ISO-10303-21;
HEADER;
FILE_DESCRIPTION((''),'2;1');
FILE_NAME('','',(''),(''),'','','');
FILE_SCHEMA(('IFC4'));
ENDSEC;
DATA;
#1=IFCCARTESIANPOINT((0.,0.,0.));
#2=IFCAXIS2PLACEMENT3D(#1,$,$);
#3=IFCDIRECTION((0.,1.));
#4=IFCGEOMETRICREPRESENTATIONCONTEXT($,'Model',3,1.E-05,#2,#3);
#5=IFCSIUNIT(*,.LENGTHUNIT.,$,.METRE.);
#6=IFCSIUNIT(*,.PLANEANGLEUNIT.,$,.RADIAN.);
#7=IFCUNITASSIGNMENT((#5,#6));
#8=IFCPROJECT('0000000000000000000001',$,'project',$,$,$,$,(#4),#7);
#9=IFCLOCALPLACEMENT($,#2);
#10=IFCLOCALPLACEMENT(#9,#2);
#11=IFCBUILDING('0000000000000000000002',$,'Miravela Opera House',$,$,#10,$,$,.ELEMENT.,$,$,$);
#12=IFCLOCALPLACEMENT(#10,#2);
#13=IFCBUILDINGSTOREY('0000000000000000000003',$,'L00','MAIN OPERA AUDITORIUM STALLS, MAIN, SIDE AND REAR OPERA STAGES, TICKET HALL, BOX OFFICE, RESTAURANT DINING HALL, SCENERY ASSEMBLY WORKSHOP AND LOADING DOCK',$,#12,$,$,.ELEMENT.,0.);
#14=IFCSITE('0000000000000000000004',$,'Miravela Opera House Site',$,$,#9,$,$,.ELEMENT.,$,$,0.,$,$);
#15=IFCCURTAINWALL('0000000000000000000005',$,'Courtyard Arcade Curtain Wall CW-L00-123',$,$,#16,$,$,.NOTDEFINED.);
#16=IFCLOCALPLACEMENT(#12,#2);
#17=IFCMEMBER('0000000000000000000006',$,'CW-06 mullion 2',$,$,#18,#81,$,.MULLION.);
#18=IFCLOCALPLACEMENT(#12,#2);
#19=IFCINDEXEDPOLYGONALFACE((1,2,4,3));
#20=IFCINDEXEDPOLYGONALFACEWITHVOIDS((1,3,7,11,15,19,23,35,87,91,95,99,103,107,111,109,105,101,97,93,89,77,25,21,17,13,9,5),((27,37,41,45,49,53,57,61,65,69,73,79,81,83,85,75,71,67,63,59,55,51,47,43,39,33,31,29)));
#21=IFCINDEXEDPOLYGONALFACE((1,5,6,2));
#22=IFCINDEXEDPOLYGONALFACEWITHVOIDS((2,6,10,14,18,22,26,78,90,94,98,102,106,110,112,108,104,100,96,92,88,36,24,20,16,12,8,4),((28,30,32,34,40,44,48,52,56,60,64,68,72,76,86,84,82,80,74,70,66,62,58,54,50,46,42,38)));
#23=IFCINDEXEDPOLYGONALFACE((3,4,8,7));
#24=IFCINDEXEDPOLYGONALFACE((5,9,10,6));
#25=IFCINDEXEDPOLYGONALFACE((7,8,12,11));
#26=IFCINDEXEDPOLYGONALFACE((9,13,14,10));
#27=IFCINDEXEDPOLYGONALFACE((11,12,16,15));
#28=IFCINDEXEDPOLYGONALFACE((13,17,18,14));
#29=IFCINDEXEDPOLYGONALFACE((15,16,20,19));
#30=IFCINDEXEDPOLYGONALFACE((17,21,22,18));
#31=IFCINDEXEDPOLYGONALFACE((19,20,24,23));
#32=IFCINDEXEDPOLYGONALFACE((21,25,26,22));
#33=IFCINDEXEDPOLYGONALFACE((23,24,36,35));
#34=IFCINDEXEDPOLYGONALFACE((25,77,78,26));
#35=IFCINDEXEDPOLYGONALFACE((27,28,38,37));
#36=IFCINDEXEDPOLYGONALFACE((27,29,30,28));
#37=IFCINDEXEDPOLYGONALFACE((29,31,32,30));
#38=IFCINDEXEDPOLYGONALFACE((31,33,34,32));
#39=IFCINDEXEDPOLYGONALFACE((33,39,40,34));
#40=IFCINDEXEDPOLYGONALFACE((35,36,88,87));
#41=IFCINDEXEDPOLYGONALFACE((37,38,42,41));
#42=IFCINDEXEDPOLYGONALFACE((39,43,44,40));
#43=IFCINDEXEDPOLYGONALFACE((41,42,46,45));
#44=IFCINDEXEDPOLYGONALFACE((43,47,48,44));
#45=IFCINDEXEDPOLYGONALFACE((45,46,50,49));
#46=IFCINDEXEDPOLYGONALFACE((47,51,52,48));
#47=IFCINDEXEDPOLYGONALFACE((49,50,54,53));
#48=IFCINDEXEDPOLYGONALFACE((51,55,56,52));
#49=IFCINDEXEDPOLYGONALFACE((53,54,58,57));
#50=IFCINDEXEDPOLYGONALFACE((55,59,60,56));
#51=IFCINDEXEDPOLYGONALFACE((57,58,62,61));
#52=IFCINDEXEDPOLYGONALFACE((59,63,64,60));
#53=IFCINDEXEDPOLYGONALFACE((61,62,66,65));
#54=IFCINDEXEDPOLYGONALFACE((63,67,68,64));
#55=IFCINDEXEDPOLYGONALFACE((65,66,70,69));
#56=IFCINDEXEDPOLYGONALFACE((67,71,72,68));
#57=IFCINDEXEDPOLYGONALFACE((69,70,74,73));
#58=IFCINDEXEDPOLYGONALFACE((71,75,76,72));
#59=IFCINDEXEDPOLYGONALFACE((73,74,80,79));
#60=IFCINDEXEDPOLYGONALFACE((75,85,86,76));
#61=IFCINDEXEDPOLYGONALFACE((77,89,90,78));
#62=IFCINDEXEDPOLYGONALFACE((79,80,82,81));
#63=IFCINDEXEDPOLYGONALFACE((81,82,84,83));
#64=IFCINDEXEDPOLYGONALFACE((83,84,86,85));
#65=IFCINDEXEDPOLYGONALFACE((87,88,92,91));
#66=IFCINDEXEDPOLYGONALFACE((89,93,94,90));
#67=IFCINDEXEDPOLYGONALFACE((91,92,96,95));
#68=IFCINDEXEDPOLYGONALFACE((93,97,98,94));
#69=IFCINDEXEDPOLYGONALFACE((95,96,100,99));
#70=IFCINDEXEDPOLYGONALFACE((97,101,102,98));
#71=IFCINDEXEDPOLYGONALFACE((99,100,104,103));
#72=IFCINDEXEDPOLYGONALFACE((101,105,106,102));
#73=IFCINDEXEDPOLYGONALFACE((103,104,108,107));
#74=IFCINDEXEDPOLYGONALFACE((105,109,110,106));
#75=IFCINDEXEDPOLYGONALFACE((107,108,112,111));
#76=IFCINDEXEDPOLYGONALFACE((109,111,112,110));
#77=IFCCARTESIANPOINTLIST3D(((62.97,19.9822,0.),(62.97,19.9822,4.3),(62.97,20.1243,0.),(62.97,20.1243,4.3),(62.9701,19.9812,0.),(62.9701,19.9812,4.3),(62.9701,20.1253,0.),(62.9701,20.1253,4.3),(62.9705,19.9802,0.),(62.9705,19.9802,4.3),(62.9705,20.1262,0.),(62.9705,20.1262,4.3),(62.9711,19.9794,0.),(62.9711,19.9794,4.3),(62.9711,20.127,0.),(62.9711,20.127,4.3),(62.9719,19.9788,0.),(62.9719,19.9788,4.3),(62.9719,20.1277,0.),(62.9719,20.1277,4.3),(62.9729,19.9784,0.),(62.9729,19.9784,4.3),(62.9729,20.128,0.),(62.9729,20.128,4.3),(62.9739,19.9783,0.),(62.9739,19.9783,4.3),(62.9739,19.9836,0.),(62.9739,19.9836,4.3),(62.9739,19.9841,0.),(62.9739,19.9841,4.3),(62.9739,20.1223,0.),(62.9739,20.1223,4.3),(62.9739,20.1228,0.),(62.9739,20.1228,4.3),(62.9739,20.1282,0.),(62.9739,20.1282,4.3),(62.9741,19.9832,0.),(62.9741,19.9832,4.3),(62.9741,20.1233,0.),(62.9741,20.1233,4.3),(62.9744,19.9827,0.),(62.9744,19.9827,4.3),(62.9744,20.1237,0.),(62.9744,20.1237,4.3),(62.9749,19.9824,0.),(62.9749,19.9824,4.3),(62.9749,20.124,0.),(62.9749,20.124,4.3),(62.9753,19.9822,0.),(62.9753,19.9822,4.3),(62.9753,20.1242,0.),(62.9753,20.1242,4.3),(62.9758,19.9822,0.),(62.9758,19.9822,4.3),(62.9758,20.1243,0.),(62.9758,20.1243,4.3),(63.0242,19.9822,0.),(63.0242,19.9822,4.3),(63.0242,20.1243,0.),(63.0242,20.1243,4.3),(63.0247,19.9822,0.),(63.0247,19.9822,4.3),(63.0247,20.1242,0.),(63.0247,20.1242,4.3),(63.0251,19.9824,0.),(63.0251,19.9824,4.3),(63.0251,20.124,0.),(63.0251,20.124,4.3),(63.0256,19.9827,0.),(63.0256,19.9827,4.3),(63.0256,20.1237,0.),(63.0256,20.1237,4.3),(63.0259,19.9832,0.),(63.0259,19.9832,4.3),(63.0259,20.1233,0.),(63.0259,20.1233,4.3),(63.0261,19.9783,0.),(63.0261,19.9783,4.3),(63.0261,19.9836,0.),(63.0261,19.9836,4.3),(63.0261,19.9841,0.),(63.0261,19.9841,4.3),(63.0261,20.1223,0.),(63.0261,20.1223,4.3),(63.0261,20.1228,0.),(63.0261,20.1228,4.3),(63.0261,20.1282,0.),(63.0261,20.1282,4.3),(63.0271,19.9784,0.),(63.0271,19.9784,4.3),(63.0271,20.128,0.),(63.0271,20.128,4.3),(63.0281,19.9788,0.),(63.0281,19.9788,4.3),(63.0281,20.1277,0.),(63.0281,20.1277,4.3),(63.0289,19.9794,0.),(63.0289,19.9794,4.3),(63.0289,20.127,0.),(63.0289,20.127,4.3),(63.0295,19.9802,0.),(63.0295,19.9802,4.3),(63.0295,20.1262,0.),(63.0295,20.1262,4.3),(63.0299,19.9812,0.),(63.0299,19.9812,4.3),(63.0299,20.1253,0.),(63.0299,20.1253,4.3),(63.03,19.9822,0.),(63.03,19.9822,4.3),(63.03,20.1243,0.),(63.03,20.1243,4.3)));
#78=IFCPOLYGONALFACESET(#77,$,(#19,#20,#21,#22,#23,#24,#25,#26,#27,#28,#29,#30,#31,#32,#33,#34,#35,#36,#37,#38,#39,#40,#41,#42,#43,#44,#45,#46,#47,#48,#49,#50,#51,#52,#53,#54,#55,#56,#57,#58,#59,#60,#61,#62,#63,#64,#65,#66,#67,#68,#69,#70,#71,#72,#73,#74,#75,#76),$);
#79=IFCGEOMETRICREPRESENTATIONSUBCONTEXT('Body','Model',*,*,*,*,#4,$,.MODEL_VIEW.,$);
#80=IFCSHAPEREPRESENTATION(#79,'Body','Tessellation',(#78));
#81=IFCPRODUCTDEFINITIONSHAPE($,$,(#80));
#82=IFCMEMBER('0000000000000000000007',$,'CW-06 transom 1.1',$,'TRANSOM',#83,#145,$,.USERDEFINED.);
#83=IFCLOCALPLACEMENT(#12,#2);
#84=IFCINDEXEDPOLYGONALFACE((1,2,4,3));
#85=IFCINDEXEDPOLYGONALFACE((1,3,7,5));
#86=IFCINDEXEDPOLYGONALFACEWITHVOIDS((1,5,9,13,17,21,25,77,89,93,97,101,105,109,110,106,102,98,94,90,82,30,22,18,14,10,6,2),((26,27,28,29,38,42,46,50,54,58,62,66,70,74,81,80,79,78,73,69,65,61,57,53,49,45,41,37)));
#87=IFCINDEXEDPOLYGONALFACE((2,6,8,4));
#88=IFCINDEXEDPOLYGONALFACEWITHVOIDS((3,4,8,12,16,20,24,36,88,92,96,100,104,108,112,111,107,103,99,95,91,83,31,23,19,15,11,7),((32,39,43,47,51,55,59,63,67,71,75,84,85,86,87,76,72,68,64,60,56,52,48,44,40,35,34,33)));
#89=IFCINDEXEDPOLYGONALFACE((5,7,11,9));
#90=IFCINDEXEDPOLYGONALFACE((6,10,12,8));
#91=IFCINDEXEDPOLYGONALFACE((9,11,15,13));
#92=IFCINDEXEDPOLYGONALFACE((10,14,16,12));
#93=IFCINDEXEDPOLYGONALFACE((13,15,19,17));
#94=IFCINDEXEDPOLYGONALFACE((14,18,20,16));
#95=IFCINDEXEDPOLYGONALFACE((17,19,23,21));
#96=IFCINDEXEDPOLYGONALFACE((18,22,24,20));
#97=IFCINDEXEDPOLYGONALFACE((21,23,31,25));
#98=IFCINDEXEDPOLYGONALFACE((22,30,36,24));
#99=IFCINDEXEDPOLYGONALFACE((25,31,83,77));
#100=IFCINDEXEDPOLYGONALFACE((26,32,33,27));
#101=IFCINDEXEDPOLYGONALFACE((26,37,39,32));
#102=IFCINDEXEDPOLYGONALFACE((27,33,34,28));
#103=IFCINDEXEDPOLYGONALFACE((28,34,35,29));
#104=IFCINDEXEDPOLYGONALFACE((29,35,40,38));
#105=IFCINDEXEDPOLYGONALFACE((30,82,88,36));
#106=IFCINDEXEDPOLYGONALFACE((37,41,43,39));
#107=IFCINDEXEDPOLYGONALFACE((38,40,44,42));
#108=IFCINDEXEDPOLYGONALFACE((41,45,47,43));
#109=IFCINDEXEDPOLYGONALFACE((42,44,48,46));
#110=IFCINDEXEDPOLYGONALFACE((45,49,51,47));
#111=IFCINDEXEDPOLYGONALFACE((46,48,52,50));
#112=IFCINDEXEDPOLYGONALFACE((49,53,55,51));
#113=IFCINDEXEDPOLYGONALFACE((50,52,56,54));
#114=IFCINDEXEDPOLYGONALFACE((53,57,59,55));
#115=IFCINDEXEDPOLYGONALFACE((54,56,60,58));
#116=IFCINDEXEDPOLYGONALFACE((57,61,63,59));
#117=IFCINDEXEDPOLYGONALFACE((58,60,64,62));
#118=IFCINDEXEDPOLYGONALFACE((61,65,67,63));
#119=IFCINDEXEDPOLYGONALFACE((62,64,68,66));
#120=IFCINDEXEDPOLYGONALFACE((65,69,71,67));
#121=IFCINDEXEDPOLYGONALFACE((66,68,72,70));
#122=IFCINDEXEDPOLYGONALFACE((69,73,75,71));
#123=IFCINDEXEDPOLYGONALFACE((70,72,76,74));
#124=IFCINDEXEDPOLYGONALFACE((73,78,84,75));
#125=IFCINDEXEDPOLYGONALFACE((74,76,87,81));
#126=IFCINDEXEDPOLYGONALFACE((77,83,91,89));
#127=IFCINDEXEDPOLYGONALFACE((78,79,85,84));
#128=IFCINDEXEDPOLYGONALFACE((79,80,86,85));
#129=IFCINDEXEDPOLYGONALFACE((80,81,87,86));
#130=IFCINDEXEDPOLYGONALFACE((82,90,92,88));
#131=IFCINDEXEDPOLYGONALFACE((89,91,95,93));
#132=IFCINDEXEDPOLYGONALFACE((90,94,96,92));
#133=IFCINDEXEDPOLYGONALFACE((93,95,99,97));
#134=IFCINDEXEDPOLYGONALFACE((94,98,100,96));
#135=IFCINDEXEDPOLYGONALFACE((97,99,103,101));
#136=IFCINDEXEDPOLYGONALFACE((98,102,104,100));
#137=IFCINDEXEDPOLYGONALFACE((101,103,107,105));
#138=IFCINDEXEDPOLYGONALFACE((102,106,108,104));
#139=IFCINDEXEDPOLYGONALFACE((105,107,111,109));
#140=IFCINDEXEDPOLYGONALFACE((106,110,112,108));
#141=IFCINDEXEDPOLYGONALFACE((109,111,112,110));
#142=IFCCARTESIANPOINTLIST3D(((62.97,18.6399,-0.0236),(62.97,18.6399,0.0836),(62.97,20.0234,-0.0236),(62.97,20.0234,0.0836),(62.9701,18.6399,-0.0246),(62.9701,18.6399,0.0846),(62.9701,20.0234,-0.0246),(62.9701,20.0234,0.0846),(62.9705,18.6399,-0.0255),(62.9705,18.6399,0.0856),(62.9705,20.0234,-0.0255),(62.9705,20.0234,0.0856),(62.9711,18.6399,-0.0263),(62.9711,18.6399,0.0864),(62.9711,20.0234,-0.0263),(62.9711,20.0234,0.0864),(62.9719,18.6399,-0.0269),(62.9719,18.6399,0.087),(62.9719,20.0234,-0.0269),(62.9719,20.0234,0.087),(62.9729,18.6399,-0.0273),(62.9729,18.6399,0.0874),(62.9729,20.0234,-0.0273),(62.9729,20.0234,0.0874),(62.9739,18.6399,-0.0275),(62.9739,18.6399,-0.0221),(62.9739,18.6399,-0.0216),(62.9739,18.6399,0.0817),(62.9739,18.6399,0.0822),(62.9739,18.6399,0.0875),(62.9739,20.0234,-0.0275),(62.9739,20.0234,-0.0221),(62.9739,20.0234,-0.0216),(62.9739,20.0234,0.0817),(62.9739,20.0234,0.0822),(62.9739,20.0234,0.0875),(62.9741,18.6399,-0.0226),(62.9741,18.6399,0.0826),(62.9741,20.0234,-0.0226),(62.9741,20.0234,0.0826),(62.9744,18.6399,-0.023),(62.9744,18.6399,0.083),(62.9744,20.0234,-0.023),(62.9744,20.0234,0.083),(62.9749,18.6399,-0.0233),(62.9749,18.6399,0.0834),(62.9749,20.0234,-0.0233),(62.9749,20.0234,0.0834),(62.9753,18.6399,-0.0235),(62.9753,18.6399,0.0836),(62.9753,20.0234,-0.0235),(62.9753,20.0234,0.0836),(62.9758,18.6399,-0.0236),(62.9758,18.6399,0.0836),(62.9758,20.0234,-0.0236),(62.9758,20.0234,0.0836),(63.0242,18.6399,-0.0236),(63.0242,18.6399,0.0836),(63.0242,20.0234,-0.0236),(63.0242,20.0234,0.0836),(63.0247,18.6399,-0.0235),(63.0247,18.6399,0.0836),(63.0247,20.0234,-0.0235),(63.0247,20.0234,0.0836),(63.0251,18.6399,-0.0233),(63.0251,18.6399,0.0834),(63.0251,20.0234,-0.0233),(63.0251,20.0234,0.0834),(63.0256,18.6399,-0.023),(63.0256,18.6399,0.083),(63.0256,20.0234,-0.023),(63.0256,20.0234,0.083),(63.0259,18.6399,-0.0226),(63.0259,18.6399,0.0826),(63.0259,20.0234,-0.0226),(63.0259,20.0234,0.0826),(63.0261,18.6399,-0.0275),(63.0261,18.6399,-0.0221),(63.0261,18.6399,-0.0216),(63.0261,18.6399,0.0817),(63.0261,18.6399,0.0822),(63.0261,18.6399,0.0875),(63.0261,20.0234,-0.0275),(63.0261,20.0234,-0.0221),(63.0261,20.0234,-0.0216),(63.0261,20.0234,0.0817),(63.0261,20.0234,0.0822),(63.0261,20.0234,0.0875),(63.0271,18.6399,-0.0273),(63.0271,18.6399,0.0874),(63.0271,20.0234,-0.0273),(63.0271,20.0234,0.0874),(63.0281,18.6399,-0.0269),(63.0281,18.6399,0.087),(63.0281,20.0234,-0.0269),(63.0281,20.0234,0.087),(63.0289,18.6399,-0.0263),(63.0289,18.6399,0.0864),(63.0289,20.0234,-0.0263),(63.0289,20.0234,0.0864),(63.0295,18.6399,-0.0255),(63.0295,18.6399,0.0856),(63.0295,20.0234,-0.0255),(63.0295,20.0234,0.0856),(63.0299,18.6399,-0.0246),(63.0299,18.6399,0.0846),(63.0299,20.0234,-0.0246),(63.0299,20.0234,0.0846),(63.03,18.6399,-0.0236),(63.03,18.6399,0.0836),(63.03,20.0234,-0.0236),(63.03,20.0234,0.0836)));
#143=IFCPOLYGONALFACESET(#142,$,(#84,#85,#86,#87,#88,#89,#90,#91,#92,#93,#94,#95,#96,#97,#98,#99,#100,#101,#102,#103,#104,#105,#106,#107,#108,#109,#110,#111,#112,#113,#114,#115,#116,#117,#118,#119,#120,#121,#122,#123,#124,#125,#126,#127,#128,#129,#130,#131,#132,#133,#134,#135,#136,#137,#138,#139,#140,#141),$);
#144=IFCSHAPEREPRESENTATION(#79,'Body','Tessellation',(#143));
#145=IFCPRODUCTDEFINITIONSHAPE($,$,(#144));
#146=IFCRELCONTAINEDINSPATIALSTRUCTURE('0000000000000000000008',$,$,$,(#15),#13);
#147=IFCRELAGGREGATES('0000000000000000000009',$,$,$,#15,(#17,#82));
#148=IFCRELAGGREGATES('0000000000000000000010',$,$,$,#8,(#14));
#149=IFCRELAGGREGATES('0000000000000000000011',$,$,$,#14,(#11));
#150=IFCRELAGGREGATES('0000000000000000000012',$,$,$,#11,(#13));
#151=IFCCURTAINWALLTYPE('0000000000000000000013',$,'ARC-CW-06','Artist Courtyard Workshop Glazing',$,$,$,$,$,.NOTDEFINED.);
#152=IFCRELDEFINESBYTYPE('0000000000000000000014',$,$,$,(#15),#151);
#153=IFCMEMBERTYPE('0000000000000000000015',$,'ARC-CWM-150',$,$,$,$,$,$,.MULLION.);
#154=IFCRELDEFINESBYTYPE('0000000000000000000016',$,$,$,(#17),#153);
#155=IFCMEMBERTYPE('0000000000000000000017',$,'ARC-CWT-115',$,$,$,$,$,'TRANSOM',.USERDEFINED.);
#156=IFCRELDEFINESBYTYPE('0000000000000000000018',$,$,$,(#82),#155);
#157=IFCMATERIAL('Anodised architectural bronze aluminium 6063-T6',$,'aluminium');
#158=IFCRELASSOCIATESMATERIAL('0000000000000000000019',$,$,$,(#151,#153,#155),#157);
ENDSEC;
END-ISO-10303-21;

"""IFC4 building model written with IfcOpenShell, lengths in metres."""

from ifc_helpers import new_model, si_unit, direction, frame, origin, origin_2d, place, context, subcontext, project, spatial, hollow_rectangle, extrude, material, material_profile, profile_set, type_object, element, aggregate, save


model = new_model("IFC4")

# Units and contexts
model_context = context("Model", 3, precision=1e-05, world=origin(), true_north=direction((0.0, 1.0)))
body_context = subcontext(model_context, "Body", "Model", "MODEL_VIEW")
ifc_project = project(units=[si_unit("LENGTHUNIT", "METRE"), si_unit("PLANEANGLEUNIT", "RADIAN")], contexts=[model_context])

# Site, building, storey
site_placement = place(None, origin())
site = spatial("IfcSite", under=ifc_project, at=site_placement, Name="Miravela Opera House Site", CompositionType="ELEMENT", RefElevation=0.0)
building_placement = place(site_placement, origin())
building = spatial("IfcBuilding", under=site, at=building_placement, Name="Miravela Opera House", CompositionType="ELEMENT")
storey_placement = place(building_placement, origin())
storey = spatial("IfcBuildingStorey", under=building, at=storey_placement, Name="L00", Description="MAIN OPERA AUDITORIUM STALLS, MAIN, SIDE AND REAR OPERA STAGES, TICKET HALL, BOX OFFICE, RESTAURANT DINING HALL, SCENERY ASSEMBLY WORKSHOP AND LOADING DOCK", CompositionType="ELEMENT", Elevation=0.0)

# Shared definitions
ifc_material_1 = material(Name="Anodised architectural bronze aluminium 6063-T6", Category="aluminium")
curtain_wall_type = type_object("IfcCurtainWallType", Name="ARC-CW-06", Description="Artist Courtyard Workshop Glazing", PredefinedType="NOTDEFINED", material=ifc_material_1)
ifc_material_profile_1 = material_profile(ifc_material_1, hollow_rectangle(XDim=0.0601, YDim=0.1499, WallThickness=0.0039, InnerFilletRadius=0.002, OuterFilletRadius=0.0039, at=origin_2d()), Name="CWM-60X150")
ifc_profile_set_1 = profile_set([ifc_material_profile_1])
member_type_1 = type_object("IfcMemberType", Name="ARC-CWM-150", PredefinedType="MULLION", material=ifc_profile_set_1)

# Curtain wall, members
curtain_wall_1_placement = place(storey_placement, origin())
curtain_wall_1 = element("IfcCurtainWall", 1, at=curtain_wall_1_placement, inside=storey, type_object=curtain_wall_type, Name="Courtyard Arcade Curtain Wall CW-L00-123", PredefinedType="NOTDEFINED")
member_1_placement = place(storey_placement, frame((63.0, 20.0532, 0.0), z_axis=(0.0, 0.0, 1.0), x_axis=(-1.0, 0.0, 0.0)))
member_1 = element("IfcMember", 2, at=member_1_placement, type_object=member_type_1, Name="CW-06 mullion 2", PredefinedType="MULLION", context=body_context, shape_type="SweptSolid", body=[
    extrude(hollow_rectangle(XDim=0.0601, YDim=0.1499, WallThickness=0.0039, InnerFilletRadius=0.002, OuterFilletRadius=0.0039, at=origin_2d()), origin(), (0.0, 0.0, 1.0), 4.3),
])
ifc_material_profile_2 = material_profile(ifc_material_1, hollow_rectangle(XDim=0.0601, YDim=0.115, WallThickness=0.0039, InnerFilletRadius=0.002, OuterFilletRadius=0.0039, at=origin_2d()), Name="CWT-60X115")
ifc_profile_set_2 = profile_set([ifc_material_profile_2])
member_type_2 = type_object("IfcMemberType", Name="ARC-CWT-115", ElementType="TRANSOM", PredefinedType="USERDEFINED", material=ifc_profile_set_2)
member_2_placement = place(storey_placement, frame((63.0, 18.6399, 0.03), z_axis=(0.0, 1.0, 0.0), x_axis=(-1.0, 0.0, 0.0)))
member_2 = element("IfcMember", 3, at=member_2_placement, type_object=member_type_2, Name="CW-06 transom 1.1", ObjectType="TRANSOM", PredefinedType="USERDEFINED", context=body_context, shape_type="SweptSolid", body=[
    extrude(hollow_rectangle(XDim=0.0601, YDim=0.115, WallThickness=0.0039, InnerFilletRadius=0.002, OuterFilletRadius=0.0039, at=origin_2d()), origin(), (0.0, 0.0, 1.0), 1.3835),
])

aggregate(curtain_wall_1, [member_1, member_2])

save(model, "model.ifc")
